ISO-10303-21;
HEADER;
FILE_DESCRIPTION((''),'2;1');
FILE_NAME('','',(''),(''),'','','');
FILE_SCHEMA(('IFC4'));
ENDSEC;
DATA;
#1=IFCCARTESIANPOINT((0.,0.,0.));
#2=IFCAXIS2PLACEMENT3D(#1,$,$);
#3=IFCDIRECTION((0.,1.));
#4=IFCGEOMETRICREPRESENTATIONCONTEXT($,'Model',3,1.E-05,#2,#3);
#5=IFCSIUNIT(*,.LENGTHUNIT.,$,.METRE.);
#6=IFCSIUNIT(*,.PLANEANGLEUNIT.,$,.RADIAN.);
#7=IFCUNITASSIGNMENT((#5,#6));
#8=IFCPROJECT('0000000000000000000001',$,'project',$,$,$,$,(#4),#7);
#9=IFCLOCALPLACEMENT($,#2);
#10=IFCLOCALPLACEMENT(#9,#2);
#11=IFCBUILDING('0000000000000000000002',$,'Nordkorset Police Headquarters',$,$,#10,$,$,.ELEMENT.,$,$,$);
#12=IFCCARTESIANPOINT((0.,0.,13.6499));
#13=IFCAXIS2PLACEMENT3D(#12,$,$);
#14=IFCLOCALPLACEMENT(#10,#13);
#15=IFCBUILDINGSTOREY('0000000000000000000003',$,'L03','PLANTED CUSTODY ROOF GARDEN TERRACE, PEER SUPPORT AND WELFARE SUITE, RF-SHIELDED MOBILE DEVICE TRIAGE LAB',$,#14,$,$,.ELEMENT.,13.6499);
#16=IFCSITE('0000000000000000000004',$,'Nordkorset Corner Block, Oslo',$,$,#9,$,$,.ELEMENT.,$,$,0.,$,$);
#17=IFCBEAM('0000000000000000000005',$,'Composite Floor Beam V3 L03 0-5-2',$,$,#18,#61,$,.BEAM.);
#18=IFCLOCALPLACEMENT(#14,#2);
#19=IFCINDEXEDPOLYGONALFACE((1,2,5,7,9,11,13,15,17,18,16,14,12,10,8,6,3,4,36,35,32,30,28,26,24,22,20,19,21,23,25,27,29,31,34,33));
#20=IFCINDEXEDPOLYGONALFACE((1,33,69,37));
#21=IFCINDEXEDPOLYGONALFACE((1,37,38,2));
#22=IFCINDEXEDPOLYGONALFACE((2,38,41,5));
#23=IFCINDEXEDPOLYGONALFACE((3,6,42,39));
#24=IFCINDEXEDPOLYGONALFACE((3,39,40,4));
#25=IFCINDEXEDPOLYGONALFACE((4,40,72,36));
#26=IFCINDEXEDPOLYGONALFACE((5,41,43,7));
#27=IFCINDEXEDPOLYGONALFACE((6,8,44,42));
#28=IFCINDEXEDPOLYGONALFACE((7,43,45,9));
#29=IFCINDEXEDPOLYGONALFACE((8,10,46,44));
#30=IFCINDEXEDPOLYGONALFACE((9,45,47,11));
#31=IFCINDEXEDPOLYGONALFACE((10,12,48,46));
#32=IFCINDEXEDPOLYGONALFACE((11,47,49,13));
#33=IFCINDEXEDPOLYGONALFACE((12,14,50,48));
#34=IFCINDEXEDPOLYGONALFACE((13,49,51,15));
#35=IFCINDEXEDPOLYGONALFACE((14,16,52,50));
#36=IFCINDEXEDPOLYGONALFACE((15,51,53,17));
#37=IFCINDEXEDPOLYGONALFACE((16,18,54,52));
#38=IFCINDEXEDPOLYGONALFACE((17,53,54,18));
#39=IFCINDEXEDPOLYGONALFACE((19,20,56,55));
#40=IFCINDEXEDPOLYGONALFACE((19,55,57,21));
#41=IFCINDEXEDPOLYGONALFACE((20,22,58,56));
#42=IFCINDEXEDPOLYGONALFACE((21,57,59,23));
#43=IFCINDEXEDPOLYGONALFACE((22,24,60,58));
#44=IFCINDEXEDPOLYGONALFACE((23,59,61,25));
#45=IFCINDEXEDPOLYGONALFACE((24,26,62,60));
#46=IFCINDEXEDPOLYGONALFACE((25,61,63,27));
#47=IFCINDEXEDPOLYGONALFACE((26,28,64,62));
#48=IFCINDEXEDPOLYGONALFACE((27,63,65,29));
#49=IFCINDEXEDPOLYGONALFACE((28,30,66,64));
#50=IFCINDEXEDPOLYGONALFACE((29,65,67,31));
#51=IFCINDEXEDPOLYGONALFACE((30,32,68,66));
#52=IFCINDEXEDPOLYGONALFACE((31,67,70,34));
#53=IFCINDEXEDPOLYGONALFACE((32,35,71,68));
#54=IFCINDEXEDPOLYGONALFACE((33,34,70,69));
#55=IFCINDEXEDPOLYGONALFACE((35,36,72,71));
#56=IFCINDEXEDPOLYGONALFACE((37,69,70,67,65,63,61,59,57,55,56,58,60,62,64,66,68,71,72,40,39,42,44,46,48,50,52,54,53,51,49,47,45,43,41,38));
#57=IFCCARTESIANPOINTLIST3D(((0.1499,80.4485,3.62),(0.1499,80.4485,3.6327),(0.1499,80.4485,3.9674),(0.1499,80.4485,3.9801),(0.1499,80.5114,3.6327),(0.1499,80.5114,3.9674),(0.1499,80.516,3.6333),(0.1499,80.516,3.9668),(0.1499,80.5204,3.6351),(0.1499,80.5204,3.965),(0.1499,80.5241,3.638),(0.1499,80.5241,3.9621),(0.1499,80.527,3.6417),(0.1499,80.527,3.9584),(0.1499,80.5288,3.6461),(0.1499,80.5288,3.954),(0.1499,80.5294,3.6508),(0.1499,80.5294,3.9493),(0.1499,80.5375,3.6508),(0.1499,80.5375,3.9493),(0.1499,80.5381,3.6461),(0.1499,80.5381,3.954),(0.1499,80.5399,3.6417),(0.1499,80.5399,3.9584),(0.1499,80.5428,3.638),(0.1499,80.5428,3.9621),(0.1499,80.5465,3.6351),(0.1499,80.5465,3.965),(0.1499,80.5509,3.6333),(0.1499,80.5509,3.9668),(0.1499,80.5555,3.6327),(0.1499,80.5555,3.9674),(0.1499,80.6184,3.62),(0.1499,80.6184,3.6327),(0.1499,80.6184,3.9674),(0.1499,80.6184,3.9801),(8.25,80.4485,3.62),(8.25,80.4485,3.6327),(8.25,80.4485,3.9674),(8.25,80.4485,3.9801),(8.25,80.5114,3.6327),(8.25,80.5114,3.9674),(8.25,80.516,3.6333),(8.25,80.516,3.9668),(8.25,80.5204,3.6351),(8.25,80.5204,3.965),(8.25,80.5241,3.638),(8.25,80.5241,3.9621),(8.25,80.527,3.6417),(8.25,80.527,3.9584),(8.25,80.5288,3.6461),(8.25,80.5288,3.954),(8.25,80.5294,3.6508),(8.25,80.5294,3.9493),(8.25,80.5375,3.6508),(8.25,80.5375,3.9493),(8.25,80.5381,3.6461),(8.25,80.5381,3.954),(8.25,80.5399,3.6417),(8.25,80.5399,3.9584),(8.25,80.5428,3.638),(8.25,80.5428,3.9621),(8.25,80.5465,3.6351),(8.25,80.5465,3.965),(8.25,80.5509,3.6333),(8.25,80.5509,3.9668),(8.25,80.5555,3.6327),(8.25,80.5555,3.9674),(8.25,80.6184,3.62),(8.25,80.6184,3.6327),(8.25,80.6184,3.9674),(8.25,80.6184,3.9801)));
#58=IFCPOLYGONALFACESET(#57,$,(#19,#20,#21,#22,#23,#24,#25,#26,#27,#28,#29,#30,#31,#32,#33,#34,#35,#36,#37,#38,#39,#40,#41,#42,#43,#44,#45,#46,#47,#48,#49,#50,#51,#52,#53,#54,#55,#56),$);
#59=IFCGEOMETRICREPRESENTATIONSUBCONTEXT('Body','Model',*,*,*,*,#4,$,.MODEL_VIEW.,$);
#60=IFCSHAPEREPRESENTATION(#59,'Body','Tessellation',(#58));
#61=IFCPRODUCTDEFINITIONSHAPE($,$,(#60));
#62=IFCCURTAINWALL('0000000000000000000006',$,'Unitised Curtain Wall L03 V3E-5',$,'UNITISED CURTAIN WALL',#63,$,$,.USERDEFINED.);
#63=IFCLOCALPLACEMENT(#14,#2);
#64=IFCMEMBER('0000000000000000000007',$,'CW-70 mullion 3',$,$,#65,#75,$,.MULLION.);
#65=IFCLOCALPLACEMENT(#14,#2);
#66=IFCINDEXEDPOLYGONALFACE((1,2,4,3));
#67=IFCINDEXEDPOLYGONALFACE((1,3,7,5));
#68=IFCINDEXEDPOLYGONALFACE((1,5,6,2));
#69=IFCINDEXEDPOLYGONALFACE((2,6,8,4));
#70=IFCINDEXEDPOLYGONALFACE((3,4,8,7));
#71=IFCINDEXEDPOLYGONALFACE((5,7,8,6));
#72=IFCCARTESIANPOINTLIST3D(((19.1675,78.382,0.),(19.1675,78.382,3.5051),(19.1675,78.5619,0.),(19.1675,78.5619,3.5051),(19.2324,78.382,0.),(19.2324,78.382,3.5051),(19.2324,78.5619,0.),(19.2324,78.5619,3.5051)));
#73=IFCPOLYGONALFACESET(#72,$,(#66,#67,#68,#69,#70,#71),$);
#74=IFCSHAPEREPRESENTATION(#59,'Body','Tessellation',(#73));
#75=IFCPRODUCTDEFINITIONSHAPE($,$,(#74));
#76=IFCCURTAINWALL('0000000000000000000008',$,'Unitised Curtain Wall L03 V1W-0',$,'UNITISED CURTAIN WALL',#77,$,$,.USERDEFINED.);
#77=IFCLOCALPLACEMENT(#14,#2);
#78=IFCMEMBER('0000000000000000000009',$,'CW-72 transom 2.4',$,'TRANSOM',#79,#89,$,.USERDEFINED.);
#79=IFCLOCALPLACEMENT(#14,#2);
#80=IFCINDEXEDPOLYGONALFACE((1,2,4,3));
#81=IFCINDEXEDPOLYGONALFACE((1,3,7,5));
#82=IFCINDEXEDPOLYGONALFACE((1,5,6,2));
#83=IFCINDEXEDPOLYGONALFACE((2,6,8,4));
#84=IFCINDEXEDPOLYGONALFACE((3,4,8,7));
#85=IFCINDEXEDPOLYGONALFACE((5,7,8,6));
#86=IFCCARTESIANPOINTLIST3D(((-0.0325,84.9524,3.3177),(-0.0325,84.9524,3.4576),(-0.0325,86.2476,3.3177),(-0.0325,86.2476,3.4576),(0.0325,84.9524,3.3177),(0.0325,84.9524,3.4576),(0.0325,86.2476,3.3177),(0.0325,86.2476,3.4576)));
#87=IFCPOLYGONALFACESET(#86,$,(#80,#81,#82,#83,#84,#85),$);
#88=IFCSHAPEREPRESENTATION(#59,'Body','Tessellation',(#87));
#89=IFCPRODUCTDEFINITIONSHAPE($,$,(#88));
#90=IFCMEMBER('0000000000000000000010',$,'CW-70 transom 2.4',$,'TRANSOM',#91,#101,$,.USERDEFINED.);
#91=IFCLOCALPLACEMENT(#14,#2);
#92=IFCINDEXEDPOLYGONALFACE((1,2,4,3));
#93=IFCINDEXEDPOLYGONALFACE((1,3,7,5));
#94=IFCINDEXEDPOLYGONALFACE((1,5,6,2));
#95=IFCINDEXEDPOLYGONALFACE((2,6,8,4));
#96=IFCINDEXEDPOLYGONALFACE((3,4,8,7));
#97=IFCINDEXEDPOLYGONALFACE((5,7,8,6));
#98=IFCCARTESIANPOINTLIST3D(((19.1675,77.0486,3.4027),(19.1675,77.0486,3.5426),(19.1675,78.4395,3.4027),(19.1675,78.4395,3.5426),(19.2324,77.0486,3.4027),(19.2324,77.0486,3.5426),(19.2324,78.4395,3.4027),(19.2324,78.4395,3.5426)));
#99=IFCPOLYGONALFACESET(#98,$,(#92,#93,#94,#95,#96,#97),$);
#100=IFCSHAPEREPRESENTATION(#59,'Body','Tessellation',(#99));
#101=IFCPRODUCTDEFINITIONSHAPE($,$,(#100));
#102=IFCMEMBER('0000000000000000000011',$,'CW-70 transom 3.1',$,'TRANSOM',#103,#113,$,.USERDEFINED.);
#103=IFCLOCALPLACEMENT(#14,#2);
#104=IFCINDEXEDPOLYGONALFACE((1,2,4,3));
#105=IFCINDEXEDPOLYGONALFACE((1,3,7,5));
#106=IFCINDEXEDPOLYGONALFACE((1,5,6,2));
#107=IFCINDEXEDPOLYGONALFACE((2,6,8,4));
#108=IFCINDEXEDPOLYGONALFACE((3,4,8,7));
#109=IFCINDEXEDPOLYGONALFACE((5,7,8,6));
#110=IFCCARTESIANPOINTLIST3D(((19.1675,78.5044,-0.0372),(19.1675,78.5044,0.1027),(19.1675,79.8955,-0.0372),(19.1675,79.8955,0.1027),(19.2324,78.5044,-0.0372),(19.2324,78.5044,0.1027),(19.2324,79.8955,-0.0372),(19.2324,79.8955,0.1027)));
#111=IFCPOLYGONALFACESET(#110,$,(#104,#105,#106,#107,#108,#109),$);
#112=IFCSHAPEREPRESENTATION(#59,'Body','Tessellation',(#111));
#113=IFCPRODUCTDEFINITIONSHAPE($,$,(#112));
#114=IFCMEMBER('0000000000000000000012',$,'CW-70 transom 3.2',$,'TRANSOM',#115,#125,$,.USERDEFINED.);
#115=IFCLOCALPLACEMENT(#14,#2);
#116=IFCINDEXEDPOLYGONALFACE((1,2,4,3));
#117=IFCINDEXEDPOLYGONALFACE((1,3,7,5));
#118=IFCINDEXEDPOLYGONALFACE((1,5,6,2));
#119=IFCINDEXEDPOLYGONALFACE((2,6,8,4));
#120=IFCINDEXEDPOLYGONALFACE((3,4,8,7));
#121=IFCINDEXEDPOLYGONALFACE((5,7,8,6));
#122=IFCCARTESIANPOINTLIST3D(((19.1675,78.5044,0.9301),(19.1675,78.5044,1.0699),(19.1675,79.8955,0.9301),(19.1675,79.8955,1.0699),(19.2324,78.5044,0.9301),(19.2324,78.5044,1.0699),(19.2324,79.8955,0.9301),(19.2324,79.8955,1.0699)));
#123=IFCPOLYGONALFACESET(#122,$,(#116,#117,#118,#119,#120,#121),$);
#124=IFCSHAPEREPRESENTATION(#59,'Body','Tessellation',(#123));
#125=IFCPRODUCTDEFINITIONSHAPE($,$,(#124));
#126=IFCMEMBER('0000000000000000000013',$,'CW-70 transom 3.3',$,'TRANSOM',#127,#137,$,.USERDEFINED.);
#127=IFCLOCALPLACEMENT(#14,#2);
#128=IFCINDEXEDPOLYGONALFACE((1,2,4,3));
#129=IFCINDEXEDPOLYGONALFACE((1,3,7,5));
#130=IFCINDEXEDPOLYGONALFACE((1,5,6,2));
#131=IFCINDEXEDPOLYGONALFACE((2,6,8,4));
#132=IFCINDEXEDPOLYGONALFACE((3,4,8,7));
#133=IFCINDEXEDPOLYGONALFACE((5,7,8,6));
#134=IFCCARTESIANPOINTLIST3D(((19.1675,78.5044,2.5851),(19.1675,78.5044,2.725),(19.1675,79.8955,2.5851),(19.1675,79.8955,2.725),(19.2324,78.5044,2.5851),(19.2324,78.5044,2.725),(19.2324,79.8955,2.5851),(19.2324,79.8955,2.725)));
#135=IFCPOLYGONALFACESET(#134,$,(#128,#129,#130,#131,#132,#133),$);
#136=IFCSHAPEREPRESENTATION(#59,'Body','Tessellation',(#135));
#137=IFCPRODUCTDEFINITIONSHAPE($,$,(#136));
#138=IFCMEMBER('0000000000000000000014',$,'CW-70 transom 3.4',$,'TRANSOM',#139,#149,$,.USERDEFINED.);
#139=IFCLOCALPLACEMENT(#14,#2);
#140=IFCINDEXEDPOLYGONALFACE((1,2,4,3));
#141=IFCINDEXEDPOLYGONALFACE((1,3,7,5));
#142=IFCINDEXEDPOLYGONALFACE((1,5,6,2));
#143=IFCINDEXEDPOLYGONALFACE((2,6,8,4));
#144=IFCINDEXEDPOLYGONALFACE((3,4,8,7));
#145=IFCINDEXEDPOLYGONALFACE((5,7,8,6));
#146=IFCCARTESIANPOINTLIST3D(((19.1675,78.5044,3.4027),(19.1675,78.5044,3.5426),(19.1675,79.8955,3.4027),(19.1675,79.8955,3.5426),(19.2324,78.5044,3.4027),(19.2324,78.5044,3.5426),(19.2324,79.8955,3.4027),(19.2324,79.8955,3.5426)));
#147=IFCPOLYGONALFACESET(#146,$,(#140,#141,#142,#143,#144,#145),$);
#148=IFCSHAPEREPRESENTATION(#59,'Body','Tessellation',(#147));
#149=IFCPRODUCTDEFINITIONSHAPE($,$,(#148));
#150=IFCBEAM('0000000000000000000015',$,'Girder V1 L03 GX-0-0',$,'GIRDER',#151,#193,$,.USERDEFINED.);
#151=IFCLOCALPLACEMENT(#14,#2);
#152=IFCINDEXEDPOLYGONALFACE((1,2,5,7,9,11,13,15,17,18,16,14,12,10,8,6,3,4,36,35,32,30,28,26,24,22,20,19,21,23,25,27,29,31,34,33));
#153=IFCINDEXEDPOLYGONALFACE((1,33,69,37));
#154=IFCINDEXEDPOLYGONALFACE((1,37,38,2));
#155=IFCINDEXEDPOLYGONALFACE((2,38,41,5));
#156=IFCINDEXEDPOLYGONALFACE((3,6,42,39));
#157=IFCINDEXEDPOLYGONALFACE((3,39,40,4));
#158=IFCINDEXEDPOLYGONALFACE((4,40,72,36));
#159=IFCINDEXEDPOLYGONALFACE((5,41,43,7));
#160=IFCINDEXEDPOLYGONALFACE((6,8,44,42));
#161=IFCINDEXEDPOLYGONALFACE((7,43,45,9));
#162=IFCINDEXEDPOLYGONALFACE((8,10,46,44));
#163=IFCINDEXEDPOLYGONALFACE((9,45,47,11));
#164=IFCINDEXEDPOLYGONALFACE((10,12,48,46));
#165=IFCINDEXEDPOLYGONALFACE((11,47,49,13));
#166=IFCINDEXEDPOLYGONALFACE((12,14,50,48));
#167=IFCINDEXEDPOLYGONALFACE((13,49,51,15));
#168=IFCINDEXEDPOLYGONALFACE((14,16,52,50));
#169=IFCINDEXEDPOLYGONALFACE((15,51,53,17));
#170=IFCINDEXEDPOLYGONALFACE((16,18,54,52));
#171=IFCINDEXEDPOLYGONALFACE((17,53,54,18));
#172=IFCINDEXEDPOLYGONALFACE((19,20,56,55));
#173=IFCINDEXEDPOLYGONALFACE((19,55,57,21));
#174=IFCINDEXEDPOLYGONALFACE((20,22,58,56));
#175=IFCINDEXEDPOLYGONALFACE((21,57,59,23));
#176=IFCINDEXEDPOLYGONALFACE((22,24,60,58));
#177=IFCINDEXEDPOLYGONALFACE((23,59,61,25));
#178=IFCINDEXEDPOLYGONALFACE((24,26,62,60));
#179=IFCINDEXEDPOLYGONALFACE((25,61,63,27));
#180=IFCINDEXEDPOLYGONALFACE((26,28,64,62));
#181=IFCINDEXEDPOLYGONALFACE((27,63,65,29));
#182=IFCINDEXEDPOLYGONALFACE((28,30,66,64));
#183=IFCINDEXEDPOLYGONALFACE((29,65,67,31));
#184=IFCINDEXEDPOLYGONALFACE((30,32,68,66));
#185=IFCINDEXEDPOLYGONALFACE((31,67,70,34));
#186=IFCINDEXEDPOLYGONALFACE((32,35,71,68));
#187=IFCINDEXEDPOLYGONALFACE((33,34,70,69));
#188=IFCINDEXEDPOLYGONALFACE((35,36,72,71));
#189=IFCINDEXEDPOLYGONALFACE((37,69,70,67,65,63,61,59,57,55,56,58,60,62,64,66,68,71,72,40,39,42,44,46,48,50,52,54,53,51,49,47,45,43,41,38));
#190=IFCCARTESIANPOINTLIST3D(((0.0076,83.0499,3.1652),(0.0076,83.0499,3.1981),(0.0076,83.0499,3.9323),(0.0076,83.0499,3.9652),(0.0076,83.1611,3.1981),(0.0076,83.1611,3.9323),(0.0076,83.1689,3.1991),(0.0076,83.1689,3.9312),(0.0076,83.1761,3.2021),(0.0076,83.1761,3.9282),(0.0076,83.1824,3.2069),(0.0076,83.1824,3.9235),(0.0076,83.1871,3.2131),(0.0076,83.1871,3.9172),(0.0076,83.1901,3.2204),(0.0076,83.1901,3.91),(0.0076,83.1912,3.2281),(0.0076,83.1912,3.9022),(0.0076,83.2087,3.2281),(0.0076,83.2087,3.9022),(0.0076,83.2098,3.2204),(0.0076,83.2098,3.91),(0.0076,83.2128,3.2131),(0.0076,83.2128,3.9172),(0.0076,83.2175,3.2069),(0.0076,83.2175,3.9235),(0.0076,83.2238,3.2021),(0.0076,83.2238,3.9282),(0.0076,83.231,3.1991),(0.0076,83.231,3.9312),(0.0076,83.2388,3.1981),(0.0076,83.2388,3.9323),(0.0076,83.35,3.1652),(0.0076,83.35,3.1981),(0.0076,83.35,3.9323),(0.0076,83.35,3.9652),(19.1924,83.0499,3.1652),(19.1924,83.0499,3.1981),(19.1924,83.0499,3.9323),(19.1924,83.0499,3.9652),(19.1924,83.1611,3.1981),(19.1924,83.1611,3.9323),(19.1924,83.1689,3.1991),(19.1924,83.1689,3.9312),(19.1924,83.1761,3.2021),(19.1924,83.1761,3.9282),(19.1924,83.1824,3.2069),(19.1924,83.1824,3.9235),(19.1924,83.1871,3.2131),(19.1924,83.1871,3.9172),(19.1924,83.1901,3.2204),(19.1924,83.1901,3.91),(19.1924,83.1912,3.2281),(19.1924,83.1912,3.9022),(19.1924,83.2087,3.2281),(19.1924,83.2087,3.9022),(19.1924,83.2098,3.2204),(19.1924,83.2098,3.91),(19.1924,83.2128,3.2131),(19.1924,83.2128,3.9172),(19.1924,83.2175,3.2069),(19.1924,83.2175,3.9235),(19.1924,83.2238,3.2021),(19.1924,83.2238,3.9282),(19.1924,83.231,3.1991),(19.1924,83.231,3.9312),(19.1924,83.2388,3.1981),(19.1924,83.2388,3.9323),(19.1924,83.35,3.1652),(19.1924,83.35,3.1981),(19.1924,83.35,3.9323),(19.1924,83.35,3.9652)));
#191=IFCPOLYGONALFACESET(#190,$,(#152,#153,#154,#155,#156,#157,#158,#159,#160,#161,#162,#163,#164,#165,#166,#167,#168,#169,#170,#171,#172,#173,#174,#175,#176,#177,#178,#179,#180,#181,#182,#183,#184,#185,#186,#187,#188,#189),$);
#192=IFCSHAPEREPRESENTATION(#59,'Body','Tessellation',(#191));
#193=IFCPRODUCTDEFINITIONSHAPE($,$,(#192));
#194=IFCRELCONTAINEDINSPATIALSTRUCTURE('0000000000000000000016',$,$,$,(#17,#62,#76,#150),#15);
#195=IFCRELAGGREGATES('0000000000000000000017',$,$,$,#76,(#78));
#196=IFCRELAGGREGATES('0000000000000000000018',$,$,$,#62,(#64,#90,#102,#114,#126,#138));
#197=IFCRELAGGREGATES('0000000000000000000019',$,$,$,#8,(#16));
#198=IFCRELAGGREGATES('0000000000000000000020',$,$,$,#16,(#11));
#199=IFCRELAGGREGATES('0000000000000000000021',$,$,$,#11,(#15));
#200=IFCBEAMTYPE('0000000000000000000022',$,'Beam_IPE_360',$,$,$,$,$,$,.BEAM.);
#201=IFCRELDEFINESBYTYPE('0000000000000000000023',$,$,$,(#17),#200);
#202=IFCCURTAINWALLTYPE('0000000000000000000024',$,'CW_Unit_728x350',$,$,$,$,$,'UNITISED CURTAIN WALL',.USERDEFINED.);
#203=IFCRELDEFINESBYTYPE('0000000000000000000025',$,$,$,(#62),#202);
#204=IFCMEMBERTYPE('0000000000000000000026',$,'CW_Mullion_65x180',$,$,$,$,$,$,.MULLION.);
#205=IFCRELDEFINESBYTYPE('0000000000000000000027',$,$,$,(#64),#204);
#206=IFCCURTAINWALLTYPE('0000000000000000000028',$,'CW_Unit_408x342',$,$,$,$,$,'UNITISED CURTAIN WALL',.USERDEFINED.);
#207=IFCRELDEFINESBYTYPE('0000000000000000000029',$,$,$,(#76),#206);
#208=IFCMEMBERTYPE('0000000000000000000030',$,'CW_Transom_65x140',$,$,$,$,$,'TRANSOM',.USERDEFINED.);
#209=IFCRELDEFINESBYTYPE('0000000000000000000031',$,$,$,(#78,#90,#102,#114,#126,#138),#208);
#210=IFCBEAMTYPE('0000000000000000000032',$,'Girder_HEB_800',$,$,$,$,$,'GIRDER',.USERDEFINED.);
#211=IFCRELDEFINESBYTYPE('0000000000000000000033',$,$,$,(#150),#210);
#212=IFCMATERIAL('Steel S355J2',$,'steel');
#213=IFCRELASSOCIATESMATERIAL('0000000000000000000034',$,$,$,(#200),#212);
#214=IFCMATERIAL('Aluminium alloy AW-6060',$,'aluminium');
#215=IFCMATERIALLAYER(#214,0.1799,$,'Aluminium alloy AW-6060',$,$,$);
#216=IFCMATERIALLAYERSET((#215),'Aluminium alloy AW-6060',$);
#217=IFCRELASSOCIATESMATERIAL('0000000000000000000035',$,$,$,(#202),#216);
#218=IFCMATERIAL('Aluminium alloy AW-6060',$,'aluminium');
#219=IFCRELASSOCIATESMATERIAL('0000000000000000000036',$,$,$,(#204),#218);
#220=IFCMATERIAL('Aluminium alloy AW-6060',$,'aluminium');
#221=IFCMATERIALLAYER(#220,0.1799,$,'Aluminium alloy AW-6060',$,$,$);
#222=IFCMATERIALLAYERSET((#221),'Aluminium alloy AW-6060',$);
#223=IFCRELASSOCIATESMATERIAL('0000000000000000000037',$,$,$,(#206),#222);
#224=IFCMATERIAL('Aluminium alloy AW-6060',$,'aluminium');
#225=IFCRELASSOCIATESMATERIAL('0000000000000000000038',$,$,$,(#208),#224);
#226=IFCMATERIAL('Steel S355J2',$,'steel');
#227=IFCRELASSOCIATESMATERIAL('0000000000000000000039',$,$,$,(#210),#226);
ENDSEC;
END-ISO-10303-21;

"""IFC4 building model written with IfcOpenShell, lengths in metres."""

from ifc_helpers import new_model, si_unit, direction, frame, origin, origin_2d, place, context, subcontext, project, spatial, rectangle, i_section, extrude, material, layer, layer_set, material_profile, profile_set, type_object, element, aggregate, save


model = new_model("IFC4")

# Units and contexts
model_context = context("Model", 3, precision=1e-05, world=origin(), true_north=direction((0.0, 1.0)))
body_context = subcontext(model_context, "Body", "Model", "MODEL_VIEW")
ifc_project = project(units=[si_unit("LENGTHUNIT", "METRE"), si_unit("PLANEANGLEUNIT", "RADIAN")], contexts=[model_context])

# Site, building, storey
site_placement = place(None, origin())
site = spatial("IfcSite", under=ifc_project, at=site_placement, Name="Nordkorset Corner Block, Oslo", CompositionType="ELEMENT", RefElevation=0.0)
building_placement = place(site_placement, origin())
building = spatial("IfcBuilding", under=site, at=building_placement, Name="Nordkorset Police Headquarters", CompositionType="ELEMENT")
storey_placement = place(building_placement, frame((0.0, 0.0, 13.6499)))
storey = spatial("IfcBuildingStorey", under=building, at=storey_placement, Name="L03", Description="PLANTED CUSTODY ROOF GARDEN TERRACE, PEER SUPPORT AND WELFARE SUITE, RF-SHIELDED MOBILE DEVICE TRIAGE LAB", CompositionType="ELEMENT", Elevation=13.6499)

# Beam
ifc_material_1 = material(Name="Steel S355J2", Category="steel")
ifc_material_profile_1 = material_profile(ifc_material_1, i_section(OverallWidth=0.1699, OverallDepth=0.3601, WebThickness=0.0081, FlangeThickness=0.0127, FilletRadius=0.0181, at=origin_2d()), Name="IPE 360")
ifc_profile_set_1 = profile_set([ifc_material_profile_1], Name="Steel S355J2")
beam_type_1 = type_object("IfcBeamType", Name="Beam_IPE_360", PredefinedType="BEAM", material=ifc_profile_set_1)
for number, where, z_axis, x_axis, name in (
    (1, (0.1499, 80.5334, 3.8), (1.0, 0.0, 0.0), (0.0, 1.0, 0.0), "Composite Floor Beam V3 L03 0-5-2"),
):
    element("IfcBeam", number, at=place(storey_placement, frame(where, z_axis=z_axis, x_axis=x_axis)), inside=storey, type_object=beam_type_1, Name=name, PredefinedType="BEAM", context=body_context, shape_type="SweptSolid", body=[
        extrude(i_section(OverallWidth=0.1699, OverallDepth=0.3601, WebThickness=0.0081, FlangeThickness=0.0127, FilletRadius=0.0181, at=origin_2d()), origin(), (0.0, 0.0, 1.0), 8.1001),
    ])

# Curtain walls, members
ifc_material_2 = material(Name="Aluminium alloy AW-6060", Category="aluminium")
ifc_layer_1 = layer(ifc_material_2, 0.1799, Name="Aluminium alloy AW-6060")
ifc_layer_set_1 = layer_set([ifc_layer_1], Name="Aluminium alloy AW-6060")
curtain_wall_type_1 = type_object("IfcCurtainWallType", Name="CW_Unit_728x350", ElementType="UNITISED CURTAIN WALL", PredefinedType="USERDEFINED", material=ifc_layer_set_1)
curtain_wall_1_placement = place(storey_placement, origin())
curtain_wall_1 = element("IfcCurtainWall", 2, at=curtain_wall_1_placement, inside=storey, type_object=curtain_wall_type_1, Name="Unitised Curtain Wall L03 V3E-5", ObjectType="UNITISED CURTAIN WALL", PredefinedType="USERDEFINED")
ifc_material_3 = material(Name="Aluminium alloy AW-6060", Category="aluminium")
ifc_material_profile_2 = material_profile(ifc_material_3, rectangle(XDim=0.0649, YDim=0.1799, at=origin_2d()), Name="ALU MULL 65x180")
ifc_profile_set_2 = profile_set([ifc_material_profile_2], Name="Aluminium alloy AW-6060")
member_type_1 = type_object("IfcMemberType", Name="CW_Mullion_65x180", PredefinedType="MULLION", material=ifc_profile_set_2)
member_1_placement = place(storey_placement, frame((19.2, 78.4719, 0.0), z_axis=(0.0, 0.0, 1.0), x_axis=(-1.0, 0.0, 0.0)))
member_1 = element("IfcMember", 3, at=member_1_placement, type_object=member_type_1, Name="CW-70 mullion 3", PredefinedType="MULLION", context=body_context, shape_type="SweptSolid", body=[
    extrude(rectangle(XDim=0.0649, YDim=0.1799, at=origin_2d()), origin(), (0.0, 0.0, 1.0), 3.5051),
])
ifc_material_4 = material(Name="Aluminium alloy AW-6060", Category="aluminium")
ifc_layer_2 = layer(ifc_material_4, 0.1799, Name="Aluminium alloy AW-6060")
ifc_layer_set_2 = layer_set([ifc_layer_2], Name="Aluminium alloy AW-6060")
curtain_wall_type_2 = type_object("IfcCurtainWallType", Name="CW_Unit_408x342", ElementType="UNITISED CURTAIN WALL", PredefinedType="USERDEFINED", material=ifc_layer_set_2)
curtain_wall_2_placement = place(storey_placement, origin())
curtain_wall_2 = element("IfcCurtainWall", 4, at=curtain_wall_2_placement, inside=storey, type_object=curtain_wall_type_2, Name="Unitised Curtain Wall L03 V1W-0", ObjectType="UNITISED CURTAIN WALL", PredefinedType="USERDEFINED")
ifc_material_5 = material(Name="Aluminium alloy AW-6060", Category="aluminium")
ifc_material_profile_3 = material_profile(ifc_material_5, rectangle(XDim=0.0649, YDim=0.1399, at=origin_2d()), Name="ALU TRAN 65x140")
ifc_profile_set_3 = profile_set([ifc_material_profile_3], Name="Aluminium alloy AW-6060")
member_type_2 = type_object("IfcMemberType", Name="CW_Transom_65x140", ElementType="TRANSOM", PredefinedType="USERDEFINED", material=ifc_profile_set_3)
member_2_placement = place(storey_placement, frame((0.0, 84.9524, 3.3877), z_axis=(0.0, 1.0, 0.0), x_axis=(-1.0, 0.0, 0.0)))
member_2 = element("IfcMember", 5, at=member_2_placement, type_object=member_type_2, Name="CW-72 transom 2.4", ObjectType="TRANSOM", PredefinedType="USERDEFINED", context=body_context, shape_type="SweptSolid", body=[
    extrude(rectangle(XDim=0.0649, YDim=0.1399, at=origin_2d()), origin(), (0.0, 0.0, 1.0), 1.2952),
])
aggregate(curtain_wall_2, [member_2])

# Members
member_3_placement = place(storey_placement, frame((19.2, 77.0486, 3.4727), z_axis=(0.0, 1.0, 0.0), x_axis=(-1.0, 0.0, 0.0)))
member_3 = element("IfcMember", 6, at=member_3_placement, type_object=member_type_2, Name="CW-70 transom 2.4", ObjectType="TRANSOM", PredefinedType="USERDEFINED", context=body_context, shape_type="SweptSolid", body=[
    extrude(rectangle(XDim=0.0649, YDim=0.1399, at=origin_2d()), origin(), (0.0, 0.0, 1.0), 1.3909),
])
member_4_placement = place(storey_placement, frame((19.2, 78.5044, 0.0327), z_axis=(0.0, 1.0, 0.0), x_axis=(-1.0, 0.0, 0.0)))
member_4 = element("IfcMember", 7, at=member_4_placement, type_object=member_type_2, Name="CW-70 transom 3.1", ObjectType="TRANSOM", PredefinedType="USERDEFINED", context=body_context, shape_type="SweptSolid", body=[
    extrude(rectangle(XDim=0.0649, YDim=0.1399, at=origin_2d()), origin(), (0.0, 0.0, 1.0), 1.3911),
])
member_5_placement = place(storey_placement, frame((19.2, 78.5044, 1.0), z_axis=(0.0, 1.0, 0.0), x_axis=(-1.0, 0.0, 0.0)))
member_5 = element("IfcMember", 8, at=member_5_placement, type_object=member_type_2, Name="CW-70 transom 3.2", ObjectType="TRANSOM", PredefinedType="USERDEFINED", context=body_context, shape_type="SweptSolid", body=[
    extrude(rectangle(XDim=0.0649, YDim=0.1399, at=origin_2d()), origin(), (0.0, 0.0, 1.0), 1.3911),
])
member_6_placement = place(storey_placement, frame((19.2, 78.5044, 2.655), z_axis=(0.0, 1.0, 0.0), x_axis=(-1.0, 0.0, 0.0)))
member_6 = element("IfcMember", 9, at=member_6_placement, type_object=member_type_2, Name="CW-70 transom 3.3", ObjectType="TRANSOM", PredefinedType="USERDEFINED", context=body_context, shape_type="SweptSolid", body=[
    extrude(rectangle(XDim=0.0649, YDim=0.1399, at=origin_2d()), origin(), (0.0, 0.0, 1.0), 1.3911),
])
member_7_placement = place(storey_placement, frame((19.2, 78.5044, 3.4727), z_axis=(0.0, 1.0, 0.0), x_axis=(-1.0, 0.0, 0.0)))
member_7 = element("IfcMember", 10, at=member_7_placement, type_object=member_type_2, Name="CW-70 transom 3.4", ObjectType="TRANSOM", PredefinedType="USERDEFINED", context=body_context, shape_type="SweptSolid", body=[
    extrude(rectangle(XDim=0.0649, YDim=0.1399, at=origin_2d()), origin(), (0.0, 0.0, 1.0), 1.3911),
])

# Beam
ifc_material_6 = material(Name="Steel S355J2", Category="steel")
ifc_material_profile_4 = material_profile(ifc_material_6, i_section(OverallWidth=0.3, OverallDepth=0.8, WebThickness=0.0176, FlangeThickness=0.033, FilletRadius=0.03, at=origin_2d()), Name="HEB 800")
ifc_profile_set_4 = profile_set([ifc_material_profile_4], Name="Steel S355J2")
beam_type_2 = type_object("IfcBeamType", Name="Girder_HEB_800", ElementType="GIRDER", PredefinedType="USERDEFINED", material=ifc_profile_set_4)
beam_placement = place(storey_placement, frame((0.0076, 83.2, 3.5652), z_axis=(1.0, 0.0, 0.0), x_axis=(0.0, 1.0, 0.0)))
element("IfcBeam", 11, at=beam_placement, inside=storey, type_object=beam_type_2, Name="Girder V1 L03 GX-0-0", ObjectType="GIRDER", PredefinedType="USERDEFINED", context=body_context, shape_type="SweptSolid", body=[
    extrude(i_section(OverallWidth=0.3, OverallDepth=0.8, WebThickness=0.0176, FlangeThickness=0.033, FilletRadius=0.03, at=origin_2d()), origin(), (0.0, 0.0, 1.0), 19.1848),
])

aggregate(curtain_wall_1, [member_1, member_3, member_4, member_5, member_6, member_7])

save(model, "model.ifc")
